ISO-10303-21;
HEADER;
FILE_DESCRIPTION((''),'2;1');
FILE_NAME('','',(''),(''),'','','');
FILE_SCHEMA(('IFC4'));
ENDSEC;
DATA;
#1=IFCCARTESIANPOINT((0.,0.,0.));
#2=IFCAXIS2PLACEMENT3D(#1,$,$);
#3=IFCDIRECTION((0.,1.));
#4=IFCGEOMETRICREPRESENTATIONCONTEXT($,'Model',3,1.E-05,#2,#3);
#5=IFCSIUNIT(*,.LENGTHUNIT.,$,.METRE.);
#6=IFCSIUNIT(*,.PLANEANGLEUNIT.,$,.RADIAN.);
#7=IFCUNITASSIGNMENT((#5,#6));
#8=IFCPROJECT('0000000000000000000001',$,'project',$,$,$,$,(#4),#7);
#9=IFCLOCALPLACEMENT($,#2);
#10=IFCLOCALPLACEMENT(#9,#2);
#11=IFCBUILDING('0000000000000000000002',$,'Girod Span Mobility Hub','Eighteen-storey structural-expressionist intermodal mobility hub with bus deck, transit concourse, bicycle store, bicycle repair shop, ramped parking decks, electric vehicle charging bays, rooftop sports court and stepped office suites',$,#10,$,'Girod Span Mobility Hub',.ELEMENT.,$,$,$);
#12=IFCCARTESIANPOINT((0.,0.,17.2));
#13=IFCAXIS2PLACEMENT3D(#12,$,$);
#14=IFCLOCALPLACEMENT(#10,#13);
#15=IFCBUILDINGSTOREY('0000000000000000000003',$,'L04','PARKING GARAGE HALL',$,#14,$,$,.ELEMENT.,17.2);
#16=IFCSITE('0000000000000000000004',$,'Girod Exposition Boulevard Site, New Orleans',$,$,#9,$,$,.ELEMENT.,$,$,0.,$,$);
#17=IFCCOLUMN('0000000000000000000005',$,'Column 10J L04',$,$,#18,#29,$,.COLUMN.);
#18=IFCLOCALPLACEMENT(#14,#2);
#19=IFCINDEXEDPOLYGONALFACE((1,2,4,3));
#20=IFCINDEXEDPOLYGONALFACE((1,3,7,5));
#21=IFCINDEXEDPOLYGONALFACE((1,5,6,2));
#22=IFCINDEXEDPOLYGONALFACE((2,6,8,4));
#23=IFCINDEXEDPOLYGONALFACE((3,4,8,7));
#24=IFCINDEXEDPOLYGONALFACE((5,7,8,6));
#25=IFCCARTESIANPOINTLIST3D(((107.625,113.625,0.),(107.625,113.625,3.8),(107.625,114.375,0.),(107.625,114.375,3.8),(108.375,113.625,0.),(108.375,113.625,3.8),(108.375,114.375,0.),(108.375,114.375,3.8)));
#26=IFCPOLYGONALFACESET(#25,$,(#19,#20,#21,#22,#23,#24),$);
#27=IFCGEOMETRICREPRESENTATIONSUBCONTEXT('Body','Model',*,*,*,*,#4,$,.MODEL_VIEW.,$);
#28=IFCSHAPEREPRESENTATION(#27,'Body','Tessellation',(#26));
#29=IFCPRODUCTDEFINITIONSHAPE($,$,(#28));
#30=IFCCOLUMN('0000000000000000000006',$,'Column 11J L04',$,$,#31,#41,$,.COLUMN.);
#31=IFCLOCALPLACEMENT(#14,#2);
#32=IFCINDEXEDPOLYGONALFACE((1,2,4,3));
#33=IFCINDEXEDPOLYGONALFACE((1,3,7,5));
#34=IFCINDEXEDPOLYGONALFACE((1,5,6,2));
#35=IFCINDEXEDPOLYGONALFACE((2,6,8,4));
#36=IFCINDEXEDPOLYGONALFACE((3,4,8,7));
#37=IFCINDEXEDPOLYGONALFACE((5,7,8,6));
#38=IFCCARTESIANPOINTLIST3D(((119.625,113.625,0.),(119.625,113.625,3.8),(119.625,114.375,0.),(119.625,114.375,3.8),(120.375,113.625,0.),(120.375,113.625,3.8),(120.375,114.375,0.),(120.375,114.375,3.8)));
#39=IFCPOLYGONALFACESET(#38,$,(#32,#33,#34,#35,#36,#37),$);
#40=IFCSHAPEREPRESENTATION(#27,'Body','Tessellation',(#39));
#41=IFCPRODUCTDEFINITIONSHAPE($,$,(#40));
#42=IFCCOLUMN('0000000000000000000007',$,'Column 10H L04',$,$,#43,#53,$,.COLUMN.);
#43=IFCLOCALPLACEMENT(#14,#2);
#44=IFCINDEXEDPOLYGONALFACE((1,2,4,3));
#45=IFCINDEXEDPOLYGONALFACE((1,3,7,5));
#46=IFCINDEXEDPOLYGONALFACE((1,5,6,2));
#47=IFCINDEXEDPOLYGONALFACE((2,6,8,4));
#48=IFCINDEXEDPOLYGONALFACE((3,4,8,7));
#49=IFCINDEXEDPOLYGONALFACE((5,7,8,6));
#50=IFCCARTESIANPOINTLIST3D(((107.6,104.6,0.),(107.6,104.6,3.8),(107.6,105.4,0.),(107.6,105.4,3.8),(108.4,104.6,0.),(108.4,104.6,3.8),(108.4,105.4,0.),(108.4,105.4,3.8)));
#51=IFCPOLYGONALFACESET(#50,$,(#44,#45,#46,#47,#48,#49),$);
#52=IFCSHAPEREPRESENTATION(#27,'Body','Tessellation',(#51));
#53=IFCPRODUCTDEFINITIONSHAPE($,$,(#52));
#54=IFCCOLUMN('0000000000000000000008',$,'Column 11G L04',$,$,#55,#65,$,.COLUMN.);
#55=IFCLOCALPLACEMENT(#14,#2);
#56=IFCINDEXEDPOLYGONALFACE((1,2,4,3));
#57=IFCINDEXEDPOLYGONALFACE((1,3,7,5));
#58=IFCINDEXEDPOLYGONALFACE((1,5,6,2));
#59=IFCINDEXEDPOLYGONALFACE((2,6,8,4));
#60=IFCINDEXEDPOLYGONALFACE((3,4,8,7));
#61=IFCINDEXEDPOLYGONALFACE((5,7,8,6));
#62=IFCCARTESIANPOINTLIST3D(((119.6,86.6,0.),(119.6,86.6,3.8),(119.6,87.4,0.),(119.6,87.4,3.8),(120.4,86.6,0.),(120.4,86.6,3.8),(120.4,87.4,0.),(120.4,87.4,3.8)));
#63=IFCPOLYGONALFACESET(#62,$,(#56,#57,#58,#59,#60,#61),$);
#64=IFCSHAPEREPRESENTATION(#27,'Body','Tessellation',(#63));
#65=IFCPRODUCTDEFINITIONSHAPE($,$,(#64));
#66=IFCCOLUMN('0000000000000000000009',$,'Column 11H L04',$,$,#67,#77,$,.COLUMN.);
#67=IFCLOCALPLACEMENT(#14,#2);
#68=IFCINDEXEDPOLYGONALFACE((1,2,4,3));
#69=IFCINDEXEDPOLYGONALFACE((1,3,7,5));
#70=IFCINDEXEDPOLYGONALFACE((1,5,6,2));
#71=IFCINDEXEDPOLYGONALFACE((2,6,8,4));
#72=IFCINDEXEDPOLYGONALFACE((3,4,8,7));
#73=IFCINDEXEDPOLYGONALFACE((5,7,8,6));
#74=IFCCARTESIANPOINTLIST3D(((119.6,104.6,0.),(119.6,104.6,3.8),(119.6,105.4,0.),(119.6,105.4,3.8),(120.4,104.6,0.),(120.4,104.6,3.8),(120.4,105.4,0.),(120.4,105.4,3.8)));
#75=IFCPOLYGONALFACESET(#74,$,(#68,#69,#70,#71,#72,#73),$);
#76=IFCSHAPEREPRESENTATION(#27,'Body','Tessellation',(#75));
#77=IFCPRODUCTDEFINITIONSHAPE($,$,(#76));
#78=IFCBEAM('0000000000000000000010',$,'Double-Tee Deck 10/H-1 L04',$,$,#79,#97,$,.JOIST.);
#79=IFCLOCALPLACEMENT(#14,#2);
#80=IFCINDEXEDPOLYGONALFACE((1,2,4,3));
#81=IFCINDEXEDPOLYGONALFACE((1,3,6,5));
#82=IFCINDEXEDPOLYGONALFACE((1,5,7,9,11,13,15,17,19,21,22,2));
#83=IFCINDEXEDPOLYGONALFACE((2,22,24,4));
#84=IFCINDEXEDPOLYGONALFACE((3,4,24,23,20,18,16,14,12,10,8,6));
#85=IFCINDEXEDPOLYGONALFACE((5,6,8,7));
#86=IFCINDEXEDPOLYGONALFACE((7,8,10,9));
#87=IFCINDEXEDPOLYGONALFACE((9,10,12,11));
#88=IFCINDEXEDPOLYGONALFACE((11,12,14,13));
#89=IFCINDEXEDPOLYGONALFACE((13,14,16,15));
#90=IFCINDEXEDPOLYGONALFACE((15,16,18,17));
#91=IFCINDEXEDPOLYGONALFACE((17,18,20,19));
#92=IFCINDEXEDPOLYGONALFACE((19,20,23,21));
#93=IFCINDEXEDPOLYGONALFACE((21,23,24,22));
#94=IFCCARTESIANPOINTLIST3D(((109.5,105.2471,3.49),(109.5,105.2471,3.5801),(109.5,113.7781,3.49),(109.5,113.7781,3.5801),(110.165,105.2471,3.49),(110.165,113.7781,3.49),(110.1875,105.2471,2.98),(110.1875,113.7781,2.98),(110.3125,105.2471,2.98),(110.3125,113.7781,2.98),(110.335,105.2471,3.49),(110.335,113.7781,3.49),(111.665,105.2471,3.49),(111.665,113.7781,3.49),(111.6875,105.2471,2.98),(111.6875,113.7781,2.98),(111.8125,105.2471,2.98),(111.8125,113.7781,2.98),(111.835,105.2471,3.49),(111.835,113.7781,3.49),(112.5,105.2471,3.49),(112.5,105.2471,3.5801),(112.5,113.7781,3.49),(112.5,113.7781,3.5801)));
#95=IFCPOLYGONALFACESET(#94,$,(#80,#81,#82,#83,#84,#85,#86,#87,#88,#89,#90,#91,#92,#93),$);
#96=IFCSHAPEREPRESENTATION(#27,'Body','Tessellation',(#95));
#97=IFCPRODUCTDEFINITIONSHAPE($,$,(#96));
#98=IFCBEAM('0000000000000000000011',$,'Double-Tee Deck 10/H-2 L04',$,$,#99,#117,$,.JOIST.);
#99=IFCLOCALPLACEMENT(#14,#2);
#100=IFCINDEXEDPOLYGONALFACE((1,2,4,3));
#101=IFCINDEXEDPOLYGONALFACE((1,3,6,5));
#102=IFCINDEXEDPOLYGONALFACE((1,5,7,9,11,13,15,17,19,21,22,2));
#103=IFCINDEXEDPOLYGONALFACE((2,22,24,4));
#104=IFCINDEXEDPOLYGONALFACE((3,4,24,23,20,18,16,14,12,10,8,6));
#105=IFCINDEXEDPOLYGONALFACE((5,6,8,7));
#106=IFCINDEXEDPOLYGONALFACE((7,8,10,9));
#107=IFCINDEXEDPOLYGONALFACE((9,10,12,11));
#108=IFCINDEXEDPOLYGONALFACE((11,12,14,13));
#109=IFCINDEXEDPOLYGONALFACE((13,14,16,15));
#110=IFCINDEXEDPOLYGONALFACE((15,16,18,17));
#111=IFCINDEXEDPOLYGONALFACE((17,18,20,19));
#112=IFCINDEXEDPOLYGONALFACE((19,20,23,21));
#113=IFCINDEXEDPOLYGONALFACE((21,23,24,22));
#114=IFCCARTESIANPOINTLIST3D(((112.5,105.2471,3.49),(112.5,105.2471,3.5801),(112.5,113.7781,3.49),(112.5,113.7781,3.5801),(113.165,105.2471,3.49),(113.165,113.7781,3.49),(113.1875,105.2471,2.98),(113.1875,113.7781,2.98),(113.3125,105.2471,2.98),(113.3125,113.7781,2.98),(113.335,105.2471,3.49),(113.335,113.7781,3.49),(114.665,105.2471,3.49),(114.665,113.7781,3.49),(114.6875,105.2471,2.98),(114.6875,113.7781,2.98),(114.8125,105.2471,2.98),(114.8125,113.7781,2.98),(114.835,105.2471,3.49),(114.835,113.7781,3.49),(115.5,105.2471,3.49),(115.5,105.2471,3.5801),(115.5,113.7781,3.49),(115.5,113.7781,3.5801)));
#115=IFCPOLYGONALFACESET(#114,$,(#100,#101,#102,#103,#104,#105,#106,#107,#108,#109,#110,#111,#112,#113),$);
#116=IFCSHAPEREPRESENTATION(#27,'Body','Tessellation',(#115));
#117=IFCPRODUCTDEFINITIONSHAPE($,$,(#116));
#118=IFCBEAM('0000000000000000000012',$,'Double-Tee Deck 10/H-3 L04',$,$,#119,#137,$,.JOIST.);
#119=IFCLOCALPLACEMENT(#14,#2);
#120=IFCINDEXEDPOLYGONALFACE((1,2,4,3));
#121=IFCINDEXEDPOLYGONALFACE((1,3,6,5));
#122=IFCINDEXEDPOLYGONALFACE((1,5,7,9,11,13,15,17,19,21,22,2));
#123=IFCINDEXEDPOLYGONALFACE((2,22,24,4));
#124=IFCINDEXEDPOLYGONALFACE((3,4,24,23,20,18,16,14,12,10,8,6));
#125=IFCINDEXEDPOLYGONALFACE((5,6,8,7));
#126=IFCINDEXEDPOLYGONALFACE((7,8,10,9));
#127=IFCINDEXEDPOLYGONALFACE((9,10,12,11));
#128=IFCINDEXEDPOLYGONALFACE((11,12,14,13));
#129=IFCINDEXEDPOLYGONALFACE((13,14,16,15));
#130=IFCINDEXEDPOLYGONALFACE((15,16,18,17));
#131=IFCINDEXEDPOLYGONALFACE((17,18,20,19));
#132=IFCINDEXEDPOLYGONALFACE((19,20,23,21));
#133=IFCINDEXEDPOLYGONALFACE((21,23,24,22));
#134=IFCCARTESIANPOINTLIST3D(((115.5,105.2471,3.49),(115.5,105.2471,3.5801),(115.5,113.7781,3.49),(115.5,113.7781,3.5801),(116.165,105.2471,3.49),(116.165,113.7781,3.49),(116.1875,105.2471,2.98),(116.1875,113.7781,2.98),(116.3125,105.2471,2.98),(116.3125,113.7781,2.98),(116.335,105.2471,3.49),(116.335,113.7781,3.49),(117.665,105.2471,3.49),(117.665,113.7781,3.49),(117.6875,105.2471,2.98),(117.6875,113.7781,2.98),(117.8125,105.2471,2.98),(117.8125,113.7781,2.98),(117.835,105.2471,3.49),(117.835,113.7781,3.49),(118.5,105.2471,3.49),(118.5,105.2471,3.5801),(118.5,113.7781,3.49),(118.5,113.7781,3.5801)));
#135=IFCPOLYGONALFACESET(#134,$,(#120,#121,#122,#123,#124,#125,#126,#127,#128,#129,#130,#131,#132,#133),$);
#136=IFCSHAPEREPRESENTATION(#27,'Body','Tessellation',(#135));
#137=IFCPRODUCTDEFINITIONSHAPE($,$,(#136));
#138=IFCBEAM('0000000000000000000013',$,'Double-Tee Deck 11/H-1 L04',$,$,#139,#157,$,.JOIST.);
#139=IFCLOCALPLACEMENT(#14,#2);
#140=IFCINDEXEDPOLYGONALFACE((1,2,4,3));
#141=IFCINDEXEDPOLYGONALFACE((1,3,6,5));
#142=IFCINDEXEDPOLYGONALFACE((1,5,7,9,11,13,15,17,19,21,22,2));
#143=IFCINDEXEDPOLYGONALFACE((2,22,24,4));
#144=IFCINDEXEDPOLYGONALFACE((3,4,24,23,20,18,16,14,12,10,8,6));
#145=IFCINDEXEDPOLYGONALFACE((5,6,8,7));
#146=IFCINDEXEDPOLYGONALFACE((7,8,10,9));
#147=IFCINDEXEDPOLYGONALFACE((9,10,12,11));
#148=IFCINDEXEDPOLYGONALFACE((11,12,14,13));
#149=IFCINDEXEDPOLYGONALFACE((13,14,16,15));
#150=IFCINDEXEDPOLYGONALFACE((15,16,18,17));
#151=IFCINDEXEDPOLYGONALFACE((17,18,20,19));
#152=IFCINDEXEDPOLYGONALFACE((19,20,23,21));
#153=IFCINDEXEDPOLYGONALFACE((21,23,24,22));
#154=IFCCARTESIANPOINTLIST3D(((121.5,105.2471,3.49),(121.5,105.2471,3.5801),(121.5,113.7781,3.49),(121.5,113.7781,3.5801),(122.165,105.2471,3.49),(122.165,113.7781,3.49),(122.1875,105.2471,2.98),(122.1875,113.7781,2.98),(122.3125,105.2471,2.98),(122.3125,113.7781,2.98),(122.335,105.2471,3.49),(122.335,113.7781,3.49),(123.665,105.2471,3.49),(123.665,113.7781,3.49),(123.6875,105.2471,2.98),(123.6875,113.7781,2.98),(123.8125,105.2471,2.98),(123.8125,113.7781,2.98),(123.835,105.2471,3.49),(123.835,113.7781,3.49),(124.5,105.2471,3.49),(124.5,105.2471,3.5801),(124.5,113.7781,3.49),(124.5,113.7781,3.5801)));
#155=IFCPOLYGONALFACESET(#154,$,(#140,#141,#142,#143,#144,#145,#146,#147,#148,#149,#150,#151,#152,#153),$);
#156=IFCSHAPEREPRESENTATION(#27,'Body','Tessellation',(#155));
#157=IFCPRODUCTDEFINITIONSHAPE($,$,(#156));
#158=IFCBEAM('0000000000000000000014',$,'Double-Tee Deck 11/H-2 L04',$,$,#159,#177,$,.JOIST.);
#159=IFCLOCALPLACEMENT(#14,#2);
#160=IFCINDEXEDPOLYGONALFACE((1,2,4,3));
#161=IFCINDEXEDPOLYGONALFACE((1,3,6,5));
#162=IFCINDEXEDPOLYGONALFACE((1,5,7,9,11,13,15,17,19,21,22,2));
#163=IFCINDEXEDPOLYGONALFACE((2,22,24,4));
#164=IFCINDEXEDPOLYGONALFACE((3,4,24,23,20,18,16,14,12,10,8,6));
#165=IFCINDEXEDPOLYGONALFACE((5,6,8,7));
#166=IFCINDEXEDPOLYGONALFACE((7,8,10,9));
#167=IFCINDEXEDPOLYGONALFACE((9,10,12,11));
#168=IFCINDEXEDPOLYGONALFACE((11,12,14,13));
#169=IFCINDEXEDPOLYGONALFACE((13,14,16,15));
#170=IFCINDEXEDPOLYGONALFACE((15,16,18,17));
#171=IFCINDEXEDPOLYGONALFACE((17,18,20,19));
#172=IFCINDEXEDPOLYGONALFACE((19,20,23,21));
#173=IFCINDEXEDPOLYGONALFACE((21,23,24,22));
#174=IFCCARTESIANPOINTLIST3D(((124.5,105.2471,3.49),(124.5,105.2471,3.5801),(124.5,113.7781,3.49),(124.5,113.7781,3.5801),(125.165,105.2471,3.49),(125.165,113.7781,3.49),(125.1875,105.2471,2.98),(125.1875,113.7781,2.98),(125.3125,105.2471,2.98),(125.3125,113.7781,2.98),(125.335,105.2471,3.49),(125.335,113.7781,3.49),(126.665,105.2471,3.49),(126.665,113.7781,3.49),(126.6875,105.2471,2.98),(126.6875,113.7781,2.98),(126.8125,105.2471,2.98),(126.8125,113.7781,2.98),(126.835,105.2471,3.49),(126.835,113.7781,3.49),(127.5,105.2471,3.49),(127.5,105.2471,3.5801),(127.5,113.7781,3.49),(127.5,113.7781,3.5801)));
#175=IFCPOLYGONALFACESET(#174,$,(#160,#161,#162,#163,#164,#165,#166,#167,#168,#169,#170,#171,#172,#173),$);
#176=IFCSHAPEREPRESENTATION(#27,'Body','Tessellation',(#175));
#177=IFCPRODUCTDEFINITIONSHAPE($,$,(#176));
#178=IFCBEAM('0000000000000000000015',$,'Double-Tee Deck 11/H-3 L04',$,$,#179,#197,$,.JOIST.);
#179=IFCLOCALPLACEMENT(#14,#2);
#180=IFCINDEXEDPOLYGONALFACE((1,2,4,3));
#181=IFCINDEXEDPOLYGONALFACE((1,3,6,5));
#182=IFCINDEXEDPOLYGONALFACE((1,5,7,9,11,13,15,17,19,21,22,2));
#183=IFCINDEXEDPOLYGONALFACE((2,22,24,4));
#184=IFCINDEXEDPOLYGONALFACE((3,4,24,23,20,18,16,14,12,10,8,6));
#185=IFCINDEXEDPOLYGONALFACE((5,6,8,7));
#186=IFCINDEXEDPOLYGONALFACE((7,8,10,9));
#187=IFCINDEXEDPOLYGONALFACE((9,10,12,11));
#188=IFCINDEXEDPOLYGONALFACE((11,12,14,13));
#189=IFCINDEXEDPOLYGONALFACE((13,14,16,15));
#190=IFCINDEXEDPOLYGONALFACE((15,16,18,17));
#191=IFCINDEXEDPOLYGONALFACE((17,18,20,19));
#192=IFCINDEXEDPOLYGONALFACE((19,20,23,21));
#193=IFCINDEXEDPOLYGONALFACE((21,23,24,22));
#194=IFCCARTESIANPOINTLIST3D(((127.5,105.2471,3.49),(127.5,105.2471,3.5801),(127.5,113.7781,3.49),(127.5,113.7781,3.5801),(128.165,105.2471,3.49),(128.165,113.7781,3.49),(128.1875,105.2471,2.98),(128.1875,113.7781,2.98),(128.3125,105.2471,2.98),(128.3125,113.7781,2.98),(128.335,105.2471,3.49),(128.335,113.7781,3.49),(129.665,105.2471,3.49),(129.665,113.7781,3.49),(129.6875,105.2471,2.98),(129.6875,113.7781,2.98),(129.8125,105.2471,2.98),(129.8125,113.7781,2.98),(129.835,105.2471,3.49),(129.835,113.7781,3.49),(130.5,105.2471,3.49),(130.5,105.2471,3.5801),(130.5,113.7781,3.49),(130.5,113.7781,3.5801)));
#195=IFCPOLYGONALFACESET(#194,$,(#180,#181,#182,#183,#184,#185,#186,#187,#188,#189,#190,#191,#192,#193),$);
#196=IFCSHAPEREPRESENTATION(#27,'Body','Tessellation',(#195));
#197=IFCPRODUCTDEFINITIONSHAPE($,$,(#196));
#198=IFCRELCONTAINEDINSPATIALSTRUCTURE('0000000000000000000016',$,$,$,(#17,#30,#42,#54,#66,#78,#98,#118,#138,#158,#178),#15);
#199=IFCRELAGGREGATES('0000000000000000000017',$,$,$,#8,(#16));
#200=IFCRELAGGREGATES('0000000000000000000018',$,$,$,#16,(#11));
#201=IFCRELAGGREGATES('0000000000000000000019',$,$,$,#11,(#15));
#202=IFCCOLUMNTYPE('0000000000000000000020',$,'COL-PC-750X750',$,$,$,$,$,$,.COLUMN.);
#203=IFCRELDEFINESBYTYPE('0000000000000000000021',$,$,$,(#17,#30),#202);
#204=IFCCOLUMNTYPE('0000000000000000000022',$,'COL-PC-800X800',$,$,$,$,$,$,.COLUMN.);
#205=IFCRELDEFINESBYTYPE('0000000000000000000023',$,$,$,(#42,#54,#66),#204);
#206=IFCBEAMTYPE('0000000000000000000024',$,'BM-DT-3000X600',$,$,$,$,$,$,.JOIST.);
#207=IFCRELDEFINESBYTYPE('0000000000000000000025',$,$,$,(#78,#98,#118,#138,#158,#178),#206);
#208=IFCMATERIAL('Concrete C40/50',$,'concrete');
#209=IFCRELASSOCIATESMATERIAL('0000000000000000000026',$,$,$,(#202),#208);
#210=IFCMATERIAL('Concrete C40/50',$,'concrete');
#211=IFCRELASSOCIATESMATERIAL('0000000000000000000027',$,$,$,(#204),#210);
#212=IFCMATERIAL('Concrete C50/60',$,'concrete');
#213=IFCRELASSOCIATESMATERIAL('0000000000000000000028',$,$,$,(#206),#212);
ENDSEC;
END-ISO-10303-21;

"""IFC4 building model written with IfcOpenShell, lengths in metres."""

from ifc_helpers import new_model, si_unit, direction, frame, origin, origin_2d, place, context, subcontext, project, spatial, polyline, rectangle, outline, extrude, material, material_profile, profile_set, type_object, element, save


model = new_model("IFC4")

# Units and contexts
model_context = context("Model", 3, precision=1e-05, world=origin(), true_north=direction((0.0, 1.0)))
body_context = subcontext(model_context, "Body", "Model", "MODEL_VIEW")
ifc_project = project(units=[si_unit("LENGTHUNIT", "METRE"), si_unit("PLANEANGLEUNIT", "RADIAN")], contexts=[model_context])

# Site, building, storey
site_placement = place(None, origin())
site = spatial("IfcSite", under=ifc_project, at=site_placement, Name="Girod Exposition Boulevard Site, New Orleans", CompositionType="ELEMENT", RefElevation=0.0)
building_placement = place(site_placement, origin())
building = spatial("IfcBuilding", under=site, at=building_placement, Name="Girod Span Mobility Hub", Description="Eighteen-storey structural-expressionist intermodal mobility hub with bus deck, transit concourse, bicycle store, bicycle repair shop, ramped parking decks, electric vehicle charging bays, rooftop sports court and stepped office suites", LongName="Girod Span Mobility Hub", CompositionType="ELEMENT")
storey_placement = place(building_placement, frame((0.0, 0.0, 17.2)))
storey = spatial("IfcBuildingStorey", under=building, at=storey_placement, Name="L04", Description="PARKING GARAGE HALL", CompositionType="ELEMENT", Elevation=17.2)

# Columns
ifc_material_1 = material(Name="Concrete C40/50", Category="concrete")
ifc_material_profile_1 = material_profile(ifc_material_1, rectangle(XDim=0.75, YDim=0.75, at=origin_2d()), Name="PC-COL-750X750")
ifc_profile_set_1 = profile_set([ifc_material_profile_1], Name="Concrete C40/50")
column_type_1 = type_object("IfcColumnType", Name="COL-PC-750X750", PredefinedType="COLUMN", material=ifc_profile_set_1)
for number, where, z_axis, x_axis, name in (
    (1, (108.0, 114.0, 0.0), (0.0, 0.0, 1.0), (1.0, 0.0, 0.0), "Column 10J L04"),
    (2, (120.0, 114.0, 0.0), (0.0, 0.0, 1.0), (1.0, 0.0, 0.0), "Column 11J L04"),
):
    element("IfcColumn", number, at=place(storey_placement, frame(where, z_axis=z_axis, x_axis=x_axis)), inside=storey, type_object=column_type_1, Name=name, PredefinedType="COLUMN", context=body_context, shape_type="SweptSolid", body=[
        extrude(rectangle(XDim=0.75, YDim=0.75, at=origin_2d()), origin(), (0.0, 0.0, 1.0), 3.8),
    ])
ifc_material_2 = material(Name="Concrete C40/50", Category="concrete")
ifc_material_profile_2 = material_profile(ifc_material_2, rectangle(XDim=0.8, YDim=0.8, at=origin_2d()), Name="PC-COL-800X800")
ifc_profile_set_2 = profile_set([ifc_material_profile_2], Name="Concrete C40/50")
column_type_2 = type_object("IfcColumnType", Name="COL-PC-800X800", PredefinedType="COLUMN", material=ifc_profile_set_2)
for number, where, z_axis, x_axis, name in (
    (3, (108.0, 105.0, 0.0), (0.0, 0.0, 1.0), (1.0, 0.0, 0.0), "Column 10H L04"),
    (4, (120.0, 87.0, 0.0), (0.0, 0.0, 1.0), (1.0, 0.0, 0.0), "Column 11G L04"),
    (5, (120.0, 105.0, 0.0), (0.0, 0.0, 1.0), (1.0, 0.0, 0.0), "Column 11H L04"),
):
    element("IfcColumn", number, at=place(storey_placement, frame(where, z_axis=z_axis, x_axis=x_axis)), inside=storey, type_object=column_type_2, Name=name, PredefinedType="COLUMN", context=body_context, shape_type="SweptSolid", body=[
        extrude(rectangle(XDim=0.8, YDim=0.8, at=origin_2d()), origin(), (0.0, 0.0, 1.0), 3.8),
    ])

# Beams
ifc_material_3 = material(Name="Concrete C50/60", Category="concrete")
ifc_material_profile_3 = material_profile(ifc_material_3, outline(polyline([(-1.5, 0.3), (-1.5, 0.21), (-0.835, 0.21), (-0.8125, -0.3), (-0.6875, -0.3), (-0.665, 0.21), (0.665, 0.21), (0.6875, -0.3), (0.8125, -0.3), (0.835, 0.21), (1.5, 0.21), (1.5, 0.3), (-1.5, 0.3)])), Name="DT-3000X600")
ifc_profile_set_3 = profile_set([ifc_material_profile_3], Name="Concrete C50/60")
beam_type_1 = type_object("IfcBeamType", Name="BM-DT-3000X600", PredefinedType="JOIST", material=ifc_profile_set_3)
for number, where, z_axis, x_axis, name in (
    (6, (111.0, 105.2471, 3.28), (0.0, 1.0, 0.0), (-1.0, 0.0, 0.0), "Double-Tee Deck 10/H-1 L04"),
    (7, (114.0, 105.2471, 3.28), (0.0, 1.0, 0.0), (-1.0, 0.0, 0.0), "Double-Tee Deck 10/H-2 L04"),
    (8, (117.0, 105.2471, 3.28), (0.0, 1.0, 0.0), (-1.0, 0.0, 0.0), "Double-Tee Deck 10/H-3 L04"),
    (9, (123.0, 105.2471, 3.28), (0.0, 1.0, 0.0), (-1.0, 0.0, 0.0), "Double-Tee Deck 11/H-1 L04"),
    (10, (126.0, 105.2471, 3.28), (0.0, 1.0, 0.0), (-1.0, 0.0, 0.0), "Double-Tee Deck 11/H-2 L04"),
    (11, (129.0, 105.2471, 3.28), (0.0, 1.0, 0.0), (-1.0, 0.0, 0.0), "Double-Tee Deck 11/H-3 L04"),
):
    element("IfcBeam", number, at=place(storey_placement, frame(where, z_axis=z_axis, x_axis=x_axis)), inside=storey, type_object=beam_type_1, Name=name, PredefinedType="JOIST", context=body_context, shape_type="SweptSolid", body=[
        extrude(outline(polyline([(-1.5, 0.3), (-1.5, 0.21), (-0.835, 0.21), (-0.8125, -0.3), (-0.6875, -0.3), (-0.665, 0.21), (0.665, 0.21), (0.6875, -0.3), (0.8125, -0.3), (0.835, 0.21), (1.5, 0.21), (1.5, 0.3), (-1.5, 0.3)])), origin(), (0.0, 0.0, 1.0), 8.531),
    ])

save(model, "model.ifc")
